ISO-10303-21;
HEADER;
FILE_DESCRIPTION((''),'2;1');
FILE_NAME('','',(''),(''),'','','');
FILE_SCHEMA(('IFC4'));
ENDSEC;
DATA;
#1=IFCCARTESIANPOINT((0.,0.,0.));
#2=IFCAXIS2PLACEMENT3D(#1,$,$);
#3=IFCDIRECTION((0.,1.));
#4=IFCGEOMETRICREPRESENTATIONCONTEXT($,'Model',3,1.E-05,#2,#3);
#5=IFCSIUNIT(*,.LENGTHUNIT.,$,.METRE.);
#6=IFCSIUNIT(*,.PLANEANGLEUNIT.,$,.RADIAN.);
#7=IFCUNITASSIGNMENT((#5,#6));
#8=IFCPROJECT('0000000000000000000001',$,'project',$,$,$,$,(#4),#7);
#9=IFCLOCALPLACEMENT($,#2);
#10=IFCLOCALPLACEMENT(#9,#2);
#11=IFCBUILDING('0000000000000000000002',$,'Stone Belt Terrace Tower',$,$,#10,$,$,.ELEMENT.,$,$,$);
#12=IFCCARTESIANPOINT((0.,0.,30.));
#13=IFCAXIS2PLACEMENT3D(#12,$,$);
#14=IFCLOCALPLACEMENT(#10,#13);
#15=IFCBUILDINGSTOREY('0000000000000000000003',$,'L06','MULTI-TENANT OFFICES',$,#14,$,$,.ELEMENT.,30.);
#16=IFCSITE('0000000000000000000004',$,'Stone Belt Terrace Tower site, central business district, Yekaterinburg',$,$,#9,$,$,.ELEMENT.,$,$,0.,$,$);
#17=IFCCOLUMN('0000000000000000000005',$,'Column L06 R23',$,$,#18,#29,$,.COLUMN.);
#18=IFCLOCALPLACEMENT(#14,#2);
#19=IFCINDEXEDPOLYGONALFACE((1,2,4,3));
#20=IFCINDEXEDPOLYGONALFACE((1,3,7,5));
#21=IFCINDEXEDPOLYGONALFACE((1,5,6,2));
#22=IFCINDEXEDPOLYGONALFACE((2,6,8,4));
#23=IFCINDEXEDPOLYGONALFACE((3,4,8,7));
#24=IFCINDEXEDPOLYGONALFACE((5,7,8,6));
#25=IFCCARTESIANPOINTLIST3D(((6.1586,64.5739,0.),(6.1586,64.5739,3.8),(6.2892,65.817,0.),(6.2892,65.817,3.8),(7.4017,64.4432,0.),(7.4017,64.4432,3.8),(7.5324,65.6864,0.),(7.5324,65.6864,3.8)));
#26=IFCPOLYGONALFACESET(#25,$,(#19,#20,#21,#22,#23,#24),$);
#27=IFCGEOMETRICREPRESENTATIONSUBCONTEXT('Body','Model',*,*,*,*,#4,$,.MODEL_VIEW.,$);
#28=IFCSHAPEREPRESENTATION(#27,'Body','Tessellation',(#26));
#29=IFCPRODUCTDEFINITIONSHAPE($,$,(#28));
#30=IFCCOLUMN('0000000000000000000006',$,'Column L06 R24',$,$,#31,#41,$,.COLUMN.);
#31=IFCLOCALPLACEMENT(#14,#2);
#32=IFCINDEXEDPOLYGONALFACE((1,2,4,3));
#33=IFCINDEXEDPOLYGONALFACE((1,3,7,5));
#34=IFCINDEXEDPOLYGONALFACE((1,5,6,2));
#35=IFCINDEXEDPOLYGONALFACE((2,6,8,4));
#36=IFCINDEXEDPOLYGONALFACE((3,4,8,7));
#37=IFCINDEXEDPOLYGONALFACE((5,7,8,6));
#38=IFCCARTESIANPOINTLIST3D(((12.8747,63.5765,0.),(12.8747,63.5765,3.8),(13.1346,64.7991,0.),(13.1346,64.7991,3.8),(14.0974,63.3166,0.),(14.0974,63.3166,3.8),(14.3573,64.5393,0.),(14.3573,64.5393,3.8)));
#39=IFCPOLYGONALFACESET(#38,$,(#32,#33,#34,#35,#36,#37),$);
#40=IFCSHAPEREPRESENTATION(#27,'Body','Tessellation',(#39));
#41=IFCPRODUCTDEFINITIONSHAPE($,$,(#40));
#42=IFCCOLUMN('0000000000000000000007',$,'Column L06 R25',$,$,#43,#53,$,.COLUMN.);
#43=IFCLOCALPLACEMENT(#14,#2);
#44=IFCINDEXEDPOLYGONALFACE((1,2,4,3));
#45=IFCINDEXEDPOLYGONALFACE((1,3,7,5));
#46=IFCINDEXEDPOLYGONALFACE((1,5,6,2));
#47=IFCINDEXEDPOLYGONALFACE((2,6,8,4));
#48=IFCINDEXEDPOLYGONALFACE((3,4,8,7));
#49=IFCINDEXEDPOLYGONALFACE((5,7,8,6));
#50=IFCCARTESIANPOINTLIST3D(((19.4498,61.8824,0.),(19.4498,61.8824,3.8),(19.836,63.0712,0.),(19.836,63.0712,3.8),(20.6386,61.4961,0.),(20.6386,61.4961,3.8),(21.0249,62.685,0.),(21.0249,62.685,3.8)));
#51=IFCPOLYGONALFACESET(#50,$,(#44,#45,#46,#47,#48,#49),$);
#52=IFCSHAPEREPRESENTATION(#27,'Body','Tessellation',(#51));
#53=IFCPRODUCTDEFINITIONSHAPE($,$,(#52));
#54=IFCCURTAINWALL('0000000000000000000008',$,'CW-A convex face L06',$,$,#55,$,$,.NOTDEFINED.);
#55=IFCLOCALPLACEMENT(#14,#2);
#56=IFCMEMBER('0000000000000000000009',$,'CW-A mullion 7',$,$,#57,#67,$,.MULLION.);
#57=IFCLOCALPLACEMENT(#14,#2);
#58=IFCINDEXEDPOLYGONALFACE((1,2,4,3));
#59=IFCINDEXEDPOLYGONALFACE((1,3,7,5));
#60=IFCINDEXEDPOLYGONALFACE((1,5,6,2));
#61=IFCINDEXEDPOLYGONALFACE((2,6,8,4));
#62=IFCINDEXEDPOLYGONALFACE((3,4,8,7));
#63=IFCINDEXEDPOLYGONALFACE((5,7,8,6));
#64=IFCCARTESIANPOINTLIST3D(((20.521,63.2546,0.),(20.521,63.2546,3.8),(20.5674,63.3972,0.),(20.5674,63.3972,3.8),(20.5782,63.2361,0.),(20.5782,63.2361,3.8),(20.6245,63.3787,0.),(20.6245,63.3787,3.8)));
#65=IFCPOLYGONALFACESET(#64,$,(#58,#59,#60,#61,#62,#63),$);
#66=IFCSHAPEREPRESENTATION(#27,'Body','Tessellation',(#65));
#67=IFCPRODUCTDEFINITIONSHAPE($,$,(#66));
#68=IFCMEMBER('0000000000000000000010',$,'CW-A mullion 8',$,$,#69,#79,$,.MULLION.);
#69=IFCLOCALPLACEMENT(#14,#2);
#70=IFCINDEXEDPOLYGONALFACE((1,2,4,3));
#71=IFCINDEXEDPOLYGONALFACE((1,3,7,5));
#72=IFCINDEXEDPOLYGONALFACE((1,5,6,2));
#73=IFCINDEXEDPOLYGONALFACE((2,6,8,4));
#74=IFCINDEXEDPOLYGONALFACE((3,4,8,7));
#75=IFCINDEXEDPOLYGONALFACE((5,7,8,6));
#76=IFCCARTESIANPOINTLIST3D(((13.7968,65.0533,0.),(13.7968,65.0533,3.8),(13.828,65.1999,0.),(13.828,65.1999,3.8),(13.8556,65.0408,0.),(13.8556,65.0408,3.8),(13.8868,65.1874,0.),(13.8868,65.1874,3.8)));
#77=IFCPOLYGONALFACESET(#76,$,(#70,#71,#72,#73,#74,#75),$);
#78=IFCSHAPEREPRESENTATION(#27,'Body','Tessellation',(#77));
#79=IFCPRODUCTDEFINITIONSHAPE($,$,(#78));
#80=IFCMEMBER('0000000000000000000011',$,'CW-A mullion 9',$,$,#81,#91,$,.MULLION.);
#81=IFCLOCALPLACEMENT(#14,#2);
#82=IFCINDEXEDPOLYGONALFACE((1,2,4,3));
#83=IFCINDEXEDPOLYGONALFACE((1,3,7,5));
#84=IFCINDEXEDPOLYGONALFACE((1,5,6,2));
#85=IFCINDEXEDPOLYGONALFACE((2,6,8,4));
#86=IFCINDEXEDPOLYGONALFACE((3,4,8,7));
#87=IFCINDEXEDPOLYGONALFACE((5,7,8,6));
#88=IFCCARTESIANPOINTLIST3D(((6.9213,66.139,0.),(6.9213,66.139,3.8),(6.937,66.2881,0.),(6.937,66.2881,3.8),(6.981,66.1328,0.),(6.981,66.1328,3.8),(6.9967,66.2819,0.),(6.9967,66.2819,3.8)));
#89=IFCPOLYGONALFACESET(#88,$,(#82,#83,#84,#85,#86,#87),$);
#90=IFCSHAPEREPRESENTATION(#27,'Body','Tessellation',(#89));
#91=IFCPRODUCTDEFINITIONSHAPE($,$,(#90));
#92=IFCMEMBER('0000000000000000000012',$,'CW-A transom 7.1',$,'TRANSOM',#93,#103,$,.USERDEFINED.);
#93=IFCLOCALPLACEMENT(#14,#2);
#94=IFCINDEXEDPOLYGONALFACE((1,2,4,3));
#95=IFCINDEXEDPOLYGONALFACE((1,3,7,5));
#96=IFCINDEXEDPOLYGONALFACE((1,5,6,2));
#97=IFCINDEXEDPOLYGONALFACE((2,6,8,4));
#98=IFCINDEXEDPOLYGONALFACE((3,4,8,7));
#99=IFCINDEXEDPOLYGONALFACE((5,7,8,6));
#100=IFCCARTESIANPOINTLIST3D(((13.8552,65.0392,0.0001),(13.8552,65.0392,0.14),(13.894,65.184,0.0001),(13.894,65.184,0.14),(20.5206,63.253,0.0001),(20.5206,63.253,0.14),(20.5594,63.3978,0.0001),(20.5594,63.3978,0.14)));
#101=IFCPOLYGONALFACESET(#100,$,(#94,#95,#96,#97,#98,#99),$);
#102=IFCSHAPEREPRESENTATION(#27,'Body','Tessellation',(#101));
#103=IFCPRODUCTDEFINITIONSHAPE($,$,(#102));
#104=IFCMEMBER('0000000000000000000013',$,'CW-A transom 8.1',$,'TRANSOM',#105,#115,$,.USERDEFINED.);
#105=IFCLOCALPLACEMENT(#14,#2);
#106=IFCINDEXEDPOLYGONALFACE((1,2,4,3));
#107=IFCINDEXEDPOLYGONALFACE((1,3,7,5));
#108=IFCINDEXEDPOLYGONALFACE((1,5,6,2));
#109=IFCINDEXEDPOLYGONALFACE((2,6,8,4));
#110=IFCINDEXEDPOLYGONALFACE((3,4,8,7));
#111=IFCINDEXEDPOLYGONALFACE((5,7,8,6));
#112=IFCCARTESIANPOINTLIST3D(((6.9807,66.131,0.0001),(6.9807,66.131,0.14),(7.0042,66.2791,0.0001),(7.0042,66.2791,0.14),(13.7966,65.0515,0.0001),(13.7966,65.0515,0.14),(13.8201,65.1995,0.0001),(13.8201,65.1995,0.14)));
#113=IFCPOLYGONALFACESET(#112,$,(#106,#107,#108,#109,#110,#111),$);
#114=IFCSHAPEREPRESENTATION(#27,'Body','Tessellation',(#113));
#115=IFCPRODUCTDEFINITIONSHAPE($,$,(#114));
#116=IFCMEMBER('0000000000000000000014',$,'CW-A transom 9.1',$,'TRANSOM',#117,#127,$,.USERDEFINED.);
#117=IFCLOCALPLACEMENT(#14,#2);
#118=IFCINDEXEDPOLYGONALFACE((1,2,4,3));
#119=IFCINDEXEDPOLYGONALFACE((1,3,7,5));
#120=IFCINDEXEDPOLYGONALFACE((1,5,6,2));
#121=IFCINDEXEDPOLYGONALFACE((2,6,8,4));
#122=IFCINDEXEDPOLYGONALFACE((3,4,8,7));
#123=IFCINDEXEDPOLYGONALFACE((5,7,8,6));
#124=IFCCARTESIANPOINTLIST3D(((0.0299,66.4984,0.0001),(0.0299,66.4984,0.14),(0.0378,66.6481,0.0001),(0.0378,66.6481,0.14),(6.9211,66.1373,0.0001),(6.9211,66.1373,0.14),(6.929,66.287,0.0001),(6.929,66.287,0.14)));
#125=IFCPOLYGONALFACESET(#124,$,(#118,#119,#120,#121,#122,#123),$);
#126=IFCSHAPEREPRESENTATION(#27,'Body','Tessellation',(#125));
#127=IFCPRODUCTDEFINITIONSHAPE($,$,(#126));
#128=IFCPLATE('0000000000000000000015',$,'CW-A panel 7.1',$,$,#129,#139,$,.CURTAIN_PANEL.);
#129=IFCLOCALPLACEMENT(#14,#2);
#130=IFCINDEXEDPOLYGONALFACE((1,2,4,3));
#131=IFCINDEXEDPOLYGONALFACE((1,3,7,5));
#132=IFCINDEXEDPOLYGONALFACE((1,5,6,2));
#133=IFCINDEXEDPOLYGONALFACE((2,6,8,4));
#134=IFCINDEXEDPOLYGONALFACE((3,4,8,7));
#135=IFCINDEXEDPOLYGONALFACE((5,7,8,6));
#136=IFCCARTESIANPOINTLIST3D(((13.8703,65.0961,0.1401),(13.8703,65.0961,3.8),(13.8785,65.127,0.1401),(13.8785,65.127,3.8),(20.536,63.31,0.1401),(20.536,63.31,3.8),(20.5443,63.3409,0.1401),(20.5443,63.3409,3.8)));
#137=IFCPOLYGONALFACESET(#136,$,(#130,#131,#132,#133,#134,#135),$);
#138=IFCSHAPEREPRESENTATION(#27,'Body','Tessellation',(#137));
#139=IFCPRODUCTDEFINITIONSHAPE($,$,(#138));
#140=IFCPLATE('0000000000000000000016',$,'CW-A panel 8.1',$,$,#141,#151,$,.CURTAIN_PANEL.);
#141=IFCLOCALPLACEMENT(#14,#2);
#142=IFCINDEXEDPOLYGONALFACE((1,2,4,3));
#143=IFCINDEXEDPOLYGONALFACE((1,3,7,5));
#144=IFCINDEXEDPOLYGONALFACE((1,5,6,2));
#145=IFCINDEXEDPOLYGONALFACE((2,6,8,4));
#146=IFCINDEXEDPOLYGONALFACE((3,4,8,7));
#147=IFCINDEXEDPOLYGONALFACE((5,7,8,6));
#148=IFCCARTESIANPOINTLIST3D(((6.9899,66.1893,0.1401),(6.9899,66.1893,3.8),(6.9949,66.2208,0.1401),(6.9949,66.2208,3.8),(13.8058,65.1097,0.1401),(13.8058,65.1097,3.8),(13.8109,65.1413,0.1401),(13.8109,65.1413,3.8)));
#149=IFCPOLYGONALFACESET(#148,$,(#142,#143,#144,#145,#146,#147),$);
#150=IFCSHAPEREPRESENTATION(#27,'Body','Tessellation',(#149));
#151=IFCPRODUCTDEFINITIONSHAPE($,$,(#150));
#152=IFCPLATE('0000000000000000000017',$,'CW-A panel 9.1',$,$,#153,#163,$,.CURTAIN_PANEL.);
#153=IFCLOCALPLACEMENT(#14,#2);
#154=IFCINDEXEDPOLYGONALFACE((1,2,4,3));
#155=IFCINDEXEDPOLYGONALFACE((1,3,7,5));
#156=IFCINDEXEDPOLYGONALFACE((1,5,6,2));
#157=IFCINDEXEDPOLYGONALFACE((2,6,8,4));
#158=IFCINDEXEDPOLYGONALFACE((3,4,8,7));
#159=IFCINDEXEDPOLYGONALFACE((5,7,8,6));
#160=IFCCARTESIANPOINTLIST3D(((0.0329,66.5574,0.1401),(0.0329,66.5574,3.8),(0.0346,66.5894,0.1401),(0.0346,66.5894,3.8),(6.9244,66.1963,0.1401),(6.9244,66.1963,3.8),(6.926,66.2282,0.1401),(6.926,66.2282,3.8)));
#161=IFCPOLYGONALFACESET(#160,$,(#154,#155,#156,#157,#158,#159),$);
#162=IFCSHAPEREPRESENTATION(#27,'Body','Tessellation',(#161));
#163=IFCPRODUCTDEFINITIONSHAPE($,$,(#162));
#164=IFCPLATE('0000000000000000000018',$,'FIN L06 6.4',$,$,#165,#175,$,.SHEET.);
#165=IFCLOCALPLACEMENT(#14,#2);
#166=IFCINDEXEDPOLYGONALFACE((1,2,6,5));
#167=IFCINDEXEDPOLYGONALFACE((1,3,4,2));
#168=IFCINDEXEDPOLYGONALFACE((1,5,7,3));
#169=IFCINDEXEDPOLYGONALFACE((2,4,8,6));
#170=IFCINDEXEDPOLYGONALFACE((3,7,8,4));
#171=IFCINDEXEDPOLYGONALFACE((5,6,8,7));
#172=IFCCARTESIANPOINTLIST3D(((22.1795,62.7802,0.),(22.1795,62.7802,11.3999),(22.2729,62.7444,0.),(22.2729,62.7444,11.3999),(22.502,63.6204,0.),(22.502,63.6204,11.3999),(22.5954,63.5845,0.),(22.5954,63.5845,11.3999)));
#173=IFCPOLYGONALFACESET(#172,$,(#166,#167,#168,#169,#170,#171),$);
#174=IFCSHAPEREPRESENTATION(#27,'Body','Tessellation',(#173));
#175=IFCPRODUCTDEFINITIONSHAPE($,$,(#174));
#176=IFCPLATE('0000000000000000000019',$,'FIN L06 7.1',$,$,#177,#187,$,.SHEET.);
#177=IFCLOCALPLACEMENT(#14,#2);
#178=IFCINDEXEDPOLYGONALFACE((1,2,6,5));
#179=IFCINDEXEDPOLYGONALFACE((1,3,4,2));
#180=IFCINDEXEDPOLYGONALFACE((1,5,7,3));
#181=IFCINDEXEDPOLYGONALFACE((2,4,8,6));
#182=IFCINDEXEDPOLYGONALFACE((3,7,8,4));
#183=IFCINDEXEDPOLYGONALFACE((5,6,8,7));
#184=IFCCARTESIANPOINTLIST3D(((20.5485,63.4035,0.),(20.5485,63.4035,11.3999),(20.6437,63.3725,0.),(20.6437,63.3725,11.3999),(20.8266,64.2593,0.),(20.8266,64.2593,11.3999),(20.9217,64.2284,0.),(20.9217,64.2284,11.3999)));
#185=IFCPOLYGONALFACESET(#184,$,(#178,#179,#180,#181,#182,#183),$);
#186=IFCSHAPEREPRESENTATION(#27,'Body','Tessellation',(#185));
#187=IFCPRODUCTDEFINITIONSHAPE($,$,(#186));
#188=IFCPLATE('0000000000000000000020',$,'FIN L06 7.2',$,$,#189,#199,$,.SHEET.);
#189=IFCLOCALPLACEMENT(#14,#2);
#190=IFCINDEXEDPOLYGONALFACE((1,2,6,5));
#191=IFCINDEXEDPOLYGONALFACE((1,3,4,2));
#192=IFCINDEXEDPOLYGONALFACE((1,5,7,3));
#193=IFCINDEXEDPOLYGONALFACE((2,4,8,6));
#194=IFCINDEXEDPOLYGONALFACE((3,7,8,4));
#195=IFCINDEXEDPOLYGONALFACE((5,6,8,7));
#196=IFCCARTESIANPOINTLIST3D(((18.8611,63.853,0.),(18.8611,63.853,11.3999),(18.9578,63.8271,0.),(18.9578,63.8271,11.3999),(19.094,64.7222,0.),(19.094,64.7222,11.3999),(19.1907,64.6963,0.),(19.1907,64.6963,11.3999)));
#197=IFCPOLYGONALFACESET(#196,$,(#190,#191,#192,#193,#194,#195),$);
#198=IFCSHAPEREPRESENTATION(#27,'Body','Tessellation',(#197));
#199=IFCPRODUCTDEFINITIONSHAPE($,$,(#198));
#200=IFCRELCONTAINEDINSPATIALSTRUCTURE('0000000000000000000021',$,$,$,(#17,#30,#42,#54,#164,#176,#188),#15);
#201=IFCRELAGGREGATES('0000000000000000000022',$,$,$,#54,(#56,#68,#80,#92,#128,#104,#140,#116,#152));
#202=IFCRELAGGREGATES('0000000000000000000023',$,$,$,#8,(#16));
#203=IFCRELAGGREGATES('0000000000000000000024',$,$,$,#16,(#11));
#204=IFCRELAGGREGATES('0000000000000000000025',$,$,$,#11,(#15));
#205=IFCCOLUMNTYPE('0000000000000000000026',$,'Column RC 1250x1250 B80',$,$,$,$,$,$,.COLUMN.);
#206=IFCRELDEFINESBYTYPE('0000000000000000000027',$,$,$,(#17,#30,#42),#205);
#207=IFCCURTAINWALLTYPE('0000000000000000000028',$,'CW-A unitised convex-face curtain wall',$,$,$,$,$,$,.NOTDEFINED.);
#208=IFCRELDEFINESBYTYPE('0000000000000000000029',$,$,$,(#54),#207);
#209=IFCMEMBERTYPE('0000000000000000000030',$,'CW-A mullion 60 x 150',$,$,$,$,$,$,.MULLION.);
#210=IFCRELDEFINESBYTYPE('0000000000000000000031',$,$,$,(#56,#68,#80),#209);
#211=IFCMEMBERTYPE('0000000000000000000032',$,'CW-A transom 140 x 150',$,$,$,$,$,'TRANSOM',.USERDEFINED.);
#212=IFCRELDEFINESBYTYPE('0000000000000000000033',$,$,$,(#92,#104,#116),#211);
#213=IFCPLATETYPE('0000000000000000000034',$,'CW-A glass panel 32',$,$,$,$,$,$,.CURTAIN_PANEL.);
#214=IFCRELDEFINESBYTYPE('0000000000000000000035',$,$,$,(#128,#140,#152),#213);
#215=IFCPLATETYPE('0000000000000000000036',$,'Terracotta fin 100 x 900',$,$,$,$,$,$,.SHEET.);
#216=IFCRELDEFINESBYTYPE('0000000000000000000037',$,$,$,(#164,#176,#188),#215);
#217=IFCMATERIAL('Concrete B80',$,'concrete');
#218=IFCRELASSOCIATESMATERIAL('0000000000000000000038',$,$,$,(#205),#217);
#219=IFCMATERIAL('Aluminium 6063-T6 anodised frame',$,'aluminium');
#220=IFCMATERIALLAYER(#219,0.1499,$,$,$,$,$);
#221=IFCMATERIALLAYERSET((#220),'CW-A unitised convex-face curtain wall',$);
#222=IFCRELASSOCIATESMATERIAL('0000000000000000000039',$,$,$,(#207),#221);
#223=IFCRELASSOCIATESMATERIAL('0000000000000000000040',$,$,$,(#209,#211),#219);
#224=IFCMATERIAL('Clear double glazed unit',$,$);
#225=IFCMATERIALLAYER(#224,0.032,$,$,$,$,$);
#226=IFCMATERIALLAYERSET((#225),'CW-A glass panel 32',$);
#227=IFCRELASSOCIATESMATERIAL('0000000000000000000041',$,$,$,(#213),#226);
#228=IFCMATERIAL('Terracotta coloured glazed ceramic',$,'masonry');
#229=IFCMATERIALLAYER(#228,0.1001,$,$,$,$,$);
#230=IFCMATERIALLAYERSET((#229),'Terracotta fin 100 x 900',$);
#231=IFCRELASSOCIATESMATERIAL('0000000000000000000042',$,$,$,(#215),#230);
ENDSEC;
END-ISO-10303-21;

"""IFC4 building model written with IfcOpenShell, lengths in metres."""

from ifc_helpers import new_model, si_unit, direction, frame, origin, origin_2d, place, context, subcontext, project, spatial, rectangle, extrude, material, layer, layer_set, material_profile, profile_set, type_object, element, aggregate, save


model = new_model("IFC4")

# Units and contexts
model_context = context("Model", 3, precision=1e-05, world=origin(), true_north=direction((0.0, 1.0)))
body_context = subcontext(model_context, "Body", "Model", "MODEL_VIEW")
ifc_project = project(units=[si_unit("LENGTHUNIT", "METRE"), si_unit("PLANEANGLEUNIT", "RADIAN")], contexts=[model_context])

# Site, building, storey
site_placement = place(None, origin())
site = spatial("IfcSite", under=ifc_project, at=site_placement, Name="Stone Belt Terrace Tower site, central business district, Yekaterinburg", CompositionType="ELEMENT", RefElevation=0.0)
building_placement = place(site_placement, origin())
building = spatial("IfcBuilding", under=site, at=building_placement, Name="Stone Belt Terrace Tower", CompositionType="ELEMENT")
storey_placement = place(building_placement, frame((0.0, 0.0, 30.0)))
storey = spatial("IfcBuildingStorey", under=building, at=storey_placement, Name="L06", Description="MULTI-TENANT OFFICES", CompositionType="ELEMENT", Elevation=30.0)

# Columns
ifc_material_1 = material(Name="Concrete B80", Category="concrete")
ifc_material_profile_1 = material_profile(ifc_material_1, rectangle(XDim=1.25, YDim=1.25, at=origin_2d()), Name="RC 1250x1250")
ifc_profile_set_1 = profile_set([ifc_material_profile_1], Name="Concrete B80")
column_type = type_object("IfcColumnType", Name="Column RC 1250x1250 B80", PredefinedType="COLUMN", material=ifc_profile_set_1)
for number, where, z_axis, x_axis, name in (
    (1, (6.8455, 65.1301, 0.0), (0.0, 0.0, 1.0), (0.994522, -0.104528, 0.0), "Column L06 R23"),
    (2, (13.616, 64.0579, 0.0), (0.0, 0.0, 1.0), (0.978148, -0.207912, 0.0), "Column L06 R24"),
    (3, (20.2373, 62.2837, 0.0), (0.0, 0.0, 1.0), (0.951057, -0.309017, 0.0), "Column L06 R25"),
):
    element("IfcColumn", number, at=place(storey_placement, frame(where, z_axis=z_axis, x_axis=x_axis)), inside=storey, type_object=column_type, Name=name, PredefinedType="COLUMN", context=body_context, shape_type="SweptSolid", body=[
        extrude(rectangle(XDim=1.25, YDim=1.25, at=origin_2d()), origin(), (0.0, 0.0, 1.0), 3.8),
    ])

# Curtain wall, members, plates
ifc_material_2 = material(Name="Aluminium 6063-T6 anodised frame", Category="aluminium")
ifc_layer_1 = layer(ifc_material_2, 0.1499)
ifc_layer_set_1 = layer_set([ifc_layer_1], Name="CW-A unitised convex-face curtain wall")
curtain_wall_type = type_object("IfcCurtainWallType", Name="CW-A unitised convex-face curtain wall", PredefinedType="NOTDEFINED", material=ifc_layer_set_1)
curtain_wall_placement = place(storey_placement, origin())
curtain_wall = element("IfcCurtainWall", 4, at=curtain_wall_placement, inside=storey, type_object=curtain_wall_type, Name="CW-A convex face L06", PredefinedType="NOTDEFINED")
ifc_material_profile_2 = material_profile(ifc_material_2, rectangle(XDim=0.1499, YDim=0.0601, at=origin_2d()), Name="Aluminium 6063-T6 60x150")
ifc_profile_set_2 = profile_set([ifc_material_profile_2], Name="Aluminium 6063-T6 anodised frame")
member_type_1 = type_object("IfcMemberType", Name="CW-A mullion 60 x 150", PredefinedType="MULLION", material=ifc_profile_set_2)
member_1_placement = place(storey_placement, frame((20.5728, 63.3167, 0.0), z_axis=(0.0, 0.0, 1.0), x_axis=(-0.309017, -0.951057, 0.0)))
member_1 = element("IfcMember", 5, at=member_1_placement, type_object=member_type_1, Name="CW-A mullion 7", PredefinedType="MULLION", context=body_context, shape_type="SweptSolid", body=[
    extrude(rectangle(XDim=0.1499, YDim=0.0601, at=origin_2d()), origin(), (0.0, 0.0, 1.0), 3.8),
])
member_2_placement = place(storey_placement, frame((13.8418, 65.1204, 0.0), z_axis=(0.0, 0.0, 1.0), x_axis=(-0.207912, -0.978148, 0.0)))
member_2 = element("IfcMember", 6, at=member_2_placement, type_object=member_type_1, Name="CW-A mullion 8", PredefinedType="MULLION", context=body_context, shape_type="SweptSolid", body=[
    extrude(rectangle(XDim=0.1499, YDim=0.0601, at=origin_2d()), origin(), (0.0, 0.0, 1.0), 3.8),
])
member_3_placement = place(storey_placement, frame((6.959, 66.2104, 0.0), z_axis=(0.0, 0.0, 1.0), x_axis=(-0.104528, -0.994522, 0.0)))
member_3 = element("IfcMember", 7, at=member_3_placement, type_object=member_type_1, Name="CW-A mullion 9", PredefinedType="MULLION", context=body_context, shape_type="SweptSolid", body=[
    extrude(rectangle(XDim=0.1499, YDim=0.0601, at=origin_2d()), origin(), (0.0, 0.0, 1.0), 3.8),
])
ifc_material_profile_3 = material_profile(ifc_material_2, rectangle(XDim=0.1499, YDim=0.1399, at=origin_2d()), Name="Aluminium 6063-T6 150x140")
ifc_profile_set_3 = profile_set([ifc_material_profile_3], Name="Aluminium 6063-T6 anodised frame")
member_type_2 = type_object("IfcMemberType", Name="CW-A transom 140 x 150", ElementType="TRANSOM", PredefinedType="USERDEFINED", material=ifc_profile_set_3)
member_4_placement = place(storey_placement, frame((20.54, 63.3254, 0.0701), z_axis=(-0.965922, 0.258834, 0.0), x_axis=(-0.258834, -0.965922, 0.0)))
member_4 = element("IfcMember", 8, at=member_4_placement, type_object=member_type_2, Name="CW-A transom 7.1", ObjectType="TRANSOM", PredefinedType="USERDEFINED", context=body_context, shape_type="SweptSolid", body=[
    extrude(rectangle(XDim=0.1499, YDim=0.1399, at=origin_2d()), origin(), (0.0, 0.0, 1.0), 6.9006),
])
member_5_placement = place(storey_placement, frame((13.8083, 65.1255, 0.0701), z_axis=(-0.987687, 0.156442, 0.0), x_axis=(-0.156442, -0.987687, 0.0)))
member_5 = element("IfcMember", 9, at=member_5_placement, type_object=member_type_2, Name="CW-A transom 8.1", ObjectType="TRANSOM", PredefinedType="USERDEFINED", context=body_context, shape_type="SweptSolid", body=[
    extrude(rectangle(XDim=0.1499, YDim=0.1399, at=origin_2d()), origin(), (0.0, 0.0, 1.0), 6.9009),
])
member_6_placement = place(storey_placement, frame((6.925, 66.2122, 0.0701), z_axis=(-0.99863, 0.052327, 0.0), x_axis=(-0.052327, -0.99863, 0.0)))
member_6 = element("IfcMember", 10, at=member_6_placement, type_object=member_type_2, Name="CW-A transom 9.1", ObjectType="TRANSOM", PredefinedType="USERDEFINED", context=body_context, shape_type="SweptSolid", body=[
    extrude(rectangle(XDim=0.1499, YDim=0.1399, at=origin_2d()), origin(), (0.0, 0.0, 1.0), 6.9006),
])
ifc_material_3 = material(Name="Clear double glazed unit")
ifc_layer_2 = layer(ifc_material_3, 0.032)
ifc_layer_set_2 = layer_set([ifc_layer_2], Name="CW-A glass panel 32")
plate_type_1 = type_object("IfcPlateType", Name="CW-A glass panel 32", PredefinedType="CURTAIN_PANEL", material=ifc_layer_set_2)
plate_1_placement = place(storey_placement, frame((17.2073, 64.2185, 0.1401), z_axis=(0.0, 0.0, 1.0), x_axis=(-0.965926, 0.258819, 0.0)))
plate_1 = element("IfcPlate", 11, at=plate_1_placement, type_object=plate_type_1, Name="CW-A panel 7.1", PredefinedType="CURTAIN_PANEL", context=body_context, shape_type="SweptSolid", body=[
    extrude(rectangle(XDim=6.9009, YDim=0.032, at=origin_2d()), origin(), (0.0, 0.0, 1.0), 3.6599),
])
plate_2_placement = place(storey_placement, frame((10.4004, 65.6653, 0.1401), z_axis=(0.0, 0.0, 1.0), x_axis=(-0.987688, 0.156434, 0.0)))
plate_2 = element("IfcPlate", 12, at=plate_2_placement, type_object=plate_type_1, Name="CW-A panel 8.1", PredefinedType="CURTAIN_PANEL", context=body_context, shape_type="SweptSolid", body=[
    extrude(rectangle(XDim=6.9009, YDim=0.032, at=origin_2d()), origin(), (0.0, 0.0, 1.0), 3.6599),
])
plate_3_placement = place(storey_placement, frame((3.4795, 66.3928, 0.1401), z_axis=(0.0, 0.0, 1.0), x_axis=(-0.99863, 0.052336, 0.0)))
plate_3 = element("IfcPlate", 13, at=plate_3_placement, type_object=plate_type_1, Name="CW-A panel 9.1", PredefinedType="CURTAIN_PANEL", context=body_context, shape_type="SweptSolid", body=[
    extrude(rectangle(XDim=6.9009, YDim=0.032, at=origin_2d()), origin(), (0.0, 0.0, 1.0), 3.6599),
])
aggregate(curtain_wall, [member_1, member_2, member_3, member_4, plate_1, member_5, plate_2, member_6, plate_3])

# Plates
ifc_material_4 = material(Name="Terracotta coloured glazed ceramic", Category="masonry")
ifc_layer_3 = layer(ifc_material_4, 0.1001)
ifc_layer_set_3 = layer_set([ifc_layer_3], Name="Terracotta fin 100 x 900")
plate_type_2 = type_object("IfcPlateType", Name="Terracotta fin 100 x 900", PredefinedType="SHEET", material=ifc_layer_set_3)
for number, where, z_axis, x_axis, name in (
    (14, (22.3875, 63.1824, 0.0), (0.0, 0.0, 1.0), (0.358368, 0.93358, 0.0), "FIN L06 6.4"),
    (15, (20.7351, 63.8159, 0.0), (0.0, 0.0, 1.0), (0.309017, 0.951057, 0.0), "FIN L06 7.1"),
    (16, (19.0259, 64.2747, 0.0), (0.0, 0.0, 1.0), (0.258819, 0.965926, 0.0), "FIN L06 7.2"),
):
    element("IfcPlate", number, at=place(storey_placement, frame(where, z_axis=z_axis, x_axis=x_axis)), inside=storey, type_object=plate_type_2, Name=name, PredefinedType="SHEET", context=body_context, shape_type="SweptSolid", body=[
        extrude(rectangle(XDim=0.8999, YDim=0.1001, at=origin_2d()), origin(), (0.0, 0.0, 1.0), 11.3999),
    ])

save(model, "model.ifc")
